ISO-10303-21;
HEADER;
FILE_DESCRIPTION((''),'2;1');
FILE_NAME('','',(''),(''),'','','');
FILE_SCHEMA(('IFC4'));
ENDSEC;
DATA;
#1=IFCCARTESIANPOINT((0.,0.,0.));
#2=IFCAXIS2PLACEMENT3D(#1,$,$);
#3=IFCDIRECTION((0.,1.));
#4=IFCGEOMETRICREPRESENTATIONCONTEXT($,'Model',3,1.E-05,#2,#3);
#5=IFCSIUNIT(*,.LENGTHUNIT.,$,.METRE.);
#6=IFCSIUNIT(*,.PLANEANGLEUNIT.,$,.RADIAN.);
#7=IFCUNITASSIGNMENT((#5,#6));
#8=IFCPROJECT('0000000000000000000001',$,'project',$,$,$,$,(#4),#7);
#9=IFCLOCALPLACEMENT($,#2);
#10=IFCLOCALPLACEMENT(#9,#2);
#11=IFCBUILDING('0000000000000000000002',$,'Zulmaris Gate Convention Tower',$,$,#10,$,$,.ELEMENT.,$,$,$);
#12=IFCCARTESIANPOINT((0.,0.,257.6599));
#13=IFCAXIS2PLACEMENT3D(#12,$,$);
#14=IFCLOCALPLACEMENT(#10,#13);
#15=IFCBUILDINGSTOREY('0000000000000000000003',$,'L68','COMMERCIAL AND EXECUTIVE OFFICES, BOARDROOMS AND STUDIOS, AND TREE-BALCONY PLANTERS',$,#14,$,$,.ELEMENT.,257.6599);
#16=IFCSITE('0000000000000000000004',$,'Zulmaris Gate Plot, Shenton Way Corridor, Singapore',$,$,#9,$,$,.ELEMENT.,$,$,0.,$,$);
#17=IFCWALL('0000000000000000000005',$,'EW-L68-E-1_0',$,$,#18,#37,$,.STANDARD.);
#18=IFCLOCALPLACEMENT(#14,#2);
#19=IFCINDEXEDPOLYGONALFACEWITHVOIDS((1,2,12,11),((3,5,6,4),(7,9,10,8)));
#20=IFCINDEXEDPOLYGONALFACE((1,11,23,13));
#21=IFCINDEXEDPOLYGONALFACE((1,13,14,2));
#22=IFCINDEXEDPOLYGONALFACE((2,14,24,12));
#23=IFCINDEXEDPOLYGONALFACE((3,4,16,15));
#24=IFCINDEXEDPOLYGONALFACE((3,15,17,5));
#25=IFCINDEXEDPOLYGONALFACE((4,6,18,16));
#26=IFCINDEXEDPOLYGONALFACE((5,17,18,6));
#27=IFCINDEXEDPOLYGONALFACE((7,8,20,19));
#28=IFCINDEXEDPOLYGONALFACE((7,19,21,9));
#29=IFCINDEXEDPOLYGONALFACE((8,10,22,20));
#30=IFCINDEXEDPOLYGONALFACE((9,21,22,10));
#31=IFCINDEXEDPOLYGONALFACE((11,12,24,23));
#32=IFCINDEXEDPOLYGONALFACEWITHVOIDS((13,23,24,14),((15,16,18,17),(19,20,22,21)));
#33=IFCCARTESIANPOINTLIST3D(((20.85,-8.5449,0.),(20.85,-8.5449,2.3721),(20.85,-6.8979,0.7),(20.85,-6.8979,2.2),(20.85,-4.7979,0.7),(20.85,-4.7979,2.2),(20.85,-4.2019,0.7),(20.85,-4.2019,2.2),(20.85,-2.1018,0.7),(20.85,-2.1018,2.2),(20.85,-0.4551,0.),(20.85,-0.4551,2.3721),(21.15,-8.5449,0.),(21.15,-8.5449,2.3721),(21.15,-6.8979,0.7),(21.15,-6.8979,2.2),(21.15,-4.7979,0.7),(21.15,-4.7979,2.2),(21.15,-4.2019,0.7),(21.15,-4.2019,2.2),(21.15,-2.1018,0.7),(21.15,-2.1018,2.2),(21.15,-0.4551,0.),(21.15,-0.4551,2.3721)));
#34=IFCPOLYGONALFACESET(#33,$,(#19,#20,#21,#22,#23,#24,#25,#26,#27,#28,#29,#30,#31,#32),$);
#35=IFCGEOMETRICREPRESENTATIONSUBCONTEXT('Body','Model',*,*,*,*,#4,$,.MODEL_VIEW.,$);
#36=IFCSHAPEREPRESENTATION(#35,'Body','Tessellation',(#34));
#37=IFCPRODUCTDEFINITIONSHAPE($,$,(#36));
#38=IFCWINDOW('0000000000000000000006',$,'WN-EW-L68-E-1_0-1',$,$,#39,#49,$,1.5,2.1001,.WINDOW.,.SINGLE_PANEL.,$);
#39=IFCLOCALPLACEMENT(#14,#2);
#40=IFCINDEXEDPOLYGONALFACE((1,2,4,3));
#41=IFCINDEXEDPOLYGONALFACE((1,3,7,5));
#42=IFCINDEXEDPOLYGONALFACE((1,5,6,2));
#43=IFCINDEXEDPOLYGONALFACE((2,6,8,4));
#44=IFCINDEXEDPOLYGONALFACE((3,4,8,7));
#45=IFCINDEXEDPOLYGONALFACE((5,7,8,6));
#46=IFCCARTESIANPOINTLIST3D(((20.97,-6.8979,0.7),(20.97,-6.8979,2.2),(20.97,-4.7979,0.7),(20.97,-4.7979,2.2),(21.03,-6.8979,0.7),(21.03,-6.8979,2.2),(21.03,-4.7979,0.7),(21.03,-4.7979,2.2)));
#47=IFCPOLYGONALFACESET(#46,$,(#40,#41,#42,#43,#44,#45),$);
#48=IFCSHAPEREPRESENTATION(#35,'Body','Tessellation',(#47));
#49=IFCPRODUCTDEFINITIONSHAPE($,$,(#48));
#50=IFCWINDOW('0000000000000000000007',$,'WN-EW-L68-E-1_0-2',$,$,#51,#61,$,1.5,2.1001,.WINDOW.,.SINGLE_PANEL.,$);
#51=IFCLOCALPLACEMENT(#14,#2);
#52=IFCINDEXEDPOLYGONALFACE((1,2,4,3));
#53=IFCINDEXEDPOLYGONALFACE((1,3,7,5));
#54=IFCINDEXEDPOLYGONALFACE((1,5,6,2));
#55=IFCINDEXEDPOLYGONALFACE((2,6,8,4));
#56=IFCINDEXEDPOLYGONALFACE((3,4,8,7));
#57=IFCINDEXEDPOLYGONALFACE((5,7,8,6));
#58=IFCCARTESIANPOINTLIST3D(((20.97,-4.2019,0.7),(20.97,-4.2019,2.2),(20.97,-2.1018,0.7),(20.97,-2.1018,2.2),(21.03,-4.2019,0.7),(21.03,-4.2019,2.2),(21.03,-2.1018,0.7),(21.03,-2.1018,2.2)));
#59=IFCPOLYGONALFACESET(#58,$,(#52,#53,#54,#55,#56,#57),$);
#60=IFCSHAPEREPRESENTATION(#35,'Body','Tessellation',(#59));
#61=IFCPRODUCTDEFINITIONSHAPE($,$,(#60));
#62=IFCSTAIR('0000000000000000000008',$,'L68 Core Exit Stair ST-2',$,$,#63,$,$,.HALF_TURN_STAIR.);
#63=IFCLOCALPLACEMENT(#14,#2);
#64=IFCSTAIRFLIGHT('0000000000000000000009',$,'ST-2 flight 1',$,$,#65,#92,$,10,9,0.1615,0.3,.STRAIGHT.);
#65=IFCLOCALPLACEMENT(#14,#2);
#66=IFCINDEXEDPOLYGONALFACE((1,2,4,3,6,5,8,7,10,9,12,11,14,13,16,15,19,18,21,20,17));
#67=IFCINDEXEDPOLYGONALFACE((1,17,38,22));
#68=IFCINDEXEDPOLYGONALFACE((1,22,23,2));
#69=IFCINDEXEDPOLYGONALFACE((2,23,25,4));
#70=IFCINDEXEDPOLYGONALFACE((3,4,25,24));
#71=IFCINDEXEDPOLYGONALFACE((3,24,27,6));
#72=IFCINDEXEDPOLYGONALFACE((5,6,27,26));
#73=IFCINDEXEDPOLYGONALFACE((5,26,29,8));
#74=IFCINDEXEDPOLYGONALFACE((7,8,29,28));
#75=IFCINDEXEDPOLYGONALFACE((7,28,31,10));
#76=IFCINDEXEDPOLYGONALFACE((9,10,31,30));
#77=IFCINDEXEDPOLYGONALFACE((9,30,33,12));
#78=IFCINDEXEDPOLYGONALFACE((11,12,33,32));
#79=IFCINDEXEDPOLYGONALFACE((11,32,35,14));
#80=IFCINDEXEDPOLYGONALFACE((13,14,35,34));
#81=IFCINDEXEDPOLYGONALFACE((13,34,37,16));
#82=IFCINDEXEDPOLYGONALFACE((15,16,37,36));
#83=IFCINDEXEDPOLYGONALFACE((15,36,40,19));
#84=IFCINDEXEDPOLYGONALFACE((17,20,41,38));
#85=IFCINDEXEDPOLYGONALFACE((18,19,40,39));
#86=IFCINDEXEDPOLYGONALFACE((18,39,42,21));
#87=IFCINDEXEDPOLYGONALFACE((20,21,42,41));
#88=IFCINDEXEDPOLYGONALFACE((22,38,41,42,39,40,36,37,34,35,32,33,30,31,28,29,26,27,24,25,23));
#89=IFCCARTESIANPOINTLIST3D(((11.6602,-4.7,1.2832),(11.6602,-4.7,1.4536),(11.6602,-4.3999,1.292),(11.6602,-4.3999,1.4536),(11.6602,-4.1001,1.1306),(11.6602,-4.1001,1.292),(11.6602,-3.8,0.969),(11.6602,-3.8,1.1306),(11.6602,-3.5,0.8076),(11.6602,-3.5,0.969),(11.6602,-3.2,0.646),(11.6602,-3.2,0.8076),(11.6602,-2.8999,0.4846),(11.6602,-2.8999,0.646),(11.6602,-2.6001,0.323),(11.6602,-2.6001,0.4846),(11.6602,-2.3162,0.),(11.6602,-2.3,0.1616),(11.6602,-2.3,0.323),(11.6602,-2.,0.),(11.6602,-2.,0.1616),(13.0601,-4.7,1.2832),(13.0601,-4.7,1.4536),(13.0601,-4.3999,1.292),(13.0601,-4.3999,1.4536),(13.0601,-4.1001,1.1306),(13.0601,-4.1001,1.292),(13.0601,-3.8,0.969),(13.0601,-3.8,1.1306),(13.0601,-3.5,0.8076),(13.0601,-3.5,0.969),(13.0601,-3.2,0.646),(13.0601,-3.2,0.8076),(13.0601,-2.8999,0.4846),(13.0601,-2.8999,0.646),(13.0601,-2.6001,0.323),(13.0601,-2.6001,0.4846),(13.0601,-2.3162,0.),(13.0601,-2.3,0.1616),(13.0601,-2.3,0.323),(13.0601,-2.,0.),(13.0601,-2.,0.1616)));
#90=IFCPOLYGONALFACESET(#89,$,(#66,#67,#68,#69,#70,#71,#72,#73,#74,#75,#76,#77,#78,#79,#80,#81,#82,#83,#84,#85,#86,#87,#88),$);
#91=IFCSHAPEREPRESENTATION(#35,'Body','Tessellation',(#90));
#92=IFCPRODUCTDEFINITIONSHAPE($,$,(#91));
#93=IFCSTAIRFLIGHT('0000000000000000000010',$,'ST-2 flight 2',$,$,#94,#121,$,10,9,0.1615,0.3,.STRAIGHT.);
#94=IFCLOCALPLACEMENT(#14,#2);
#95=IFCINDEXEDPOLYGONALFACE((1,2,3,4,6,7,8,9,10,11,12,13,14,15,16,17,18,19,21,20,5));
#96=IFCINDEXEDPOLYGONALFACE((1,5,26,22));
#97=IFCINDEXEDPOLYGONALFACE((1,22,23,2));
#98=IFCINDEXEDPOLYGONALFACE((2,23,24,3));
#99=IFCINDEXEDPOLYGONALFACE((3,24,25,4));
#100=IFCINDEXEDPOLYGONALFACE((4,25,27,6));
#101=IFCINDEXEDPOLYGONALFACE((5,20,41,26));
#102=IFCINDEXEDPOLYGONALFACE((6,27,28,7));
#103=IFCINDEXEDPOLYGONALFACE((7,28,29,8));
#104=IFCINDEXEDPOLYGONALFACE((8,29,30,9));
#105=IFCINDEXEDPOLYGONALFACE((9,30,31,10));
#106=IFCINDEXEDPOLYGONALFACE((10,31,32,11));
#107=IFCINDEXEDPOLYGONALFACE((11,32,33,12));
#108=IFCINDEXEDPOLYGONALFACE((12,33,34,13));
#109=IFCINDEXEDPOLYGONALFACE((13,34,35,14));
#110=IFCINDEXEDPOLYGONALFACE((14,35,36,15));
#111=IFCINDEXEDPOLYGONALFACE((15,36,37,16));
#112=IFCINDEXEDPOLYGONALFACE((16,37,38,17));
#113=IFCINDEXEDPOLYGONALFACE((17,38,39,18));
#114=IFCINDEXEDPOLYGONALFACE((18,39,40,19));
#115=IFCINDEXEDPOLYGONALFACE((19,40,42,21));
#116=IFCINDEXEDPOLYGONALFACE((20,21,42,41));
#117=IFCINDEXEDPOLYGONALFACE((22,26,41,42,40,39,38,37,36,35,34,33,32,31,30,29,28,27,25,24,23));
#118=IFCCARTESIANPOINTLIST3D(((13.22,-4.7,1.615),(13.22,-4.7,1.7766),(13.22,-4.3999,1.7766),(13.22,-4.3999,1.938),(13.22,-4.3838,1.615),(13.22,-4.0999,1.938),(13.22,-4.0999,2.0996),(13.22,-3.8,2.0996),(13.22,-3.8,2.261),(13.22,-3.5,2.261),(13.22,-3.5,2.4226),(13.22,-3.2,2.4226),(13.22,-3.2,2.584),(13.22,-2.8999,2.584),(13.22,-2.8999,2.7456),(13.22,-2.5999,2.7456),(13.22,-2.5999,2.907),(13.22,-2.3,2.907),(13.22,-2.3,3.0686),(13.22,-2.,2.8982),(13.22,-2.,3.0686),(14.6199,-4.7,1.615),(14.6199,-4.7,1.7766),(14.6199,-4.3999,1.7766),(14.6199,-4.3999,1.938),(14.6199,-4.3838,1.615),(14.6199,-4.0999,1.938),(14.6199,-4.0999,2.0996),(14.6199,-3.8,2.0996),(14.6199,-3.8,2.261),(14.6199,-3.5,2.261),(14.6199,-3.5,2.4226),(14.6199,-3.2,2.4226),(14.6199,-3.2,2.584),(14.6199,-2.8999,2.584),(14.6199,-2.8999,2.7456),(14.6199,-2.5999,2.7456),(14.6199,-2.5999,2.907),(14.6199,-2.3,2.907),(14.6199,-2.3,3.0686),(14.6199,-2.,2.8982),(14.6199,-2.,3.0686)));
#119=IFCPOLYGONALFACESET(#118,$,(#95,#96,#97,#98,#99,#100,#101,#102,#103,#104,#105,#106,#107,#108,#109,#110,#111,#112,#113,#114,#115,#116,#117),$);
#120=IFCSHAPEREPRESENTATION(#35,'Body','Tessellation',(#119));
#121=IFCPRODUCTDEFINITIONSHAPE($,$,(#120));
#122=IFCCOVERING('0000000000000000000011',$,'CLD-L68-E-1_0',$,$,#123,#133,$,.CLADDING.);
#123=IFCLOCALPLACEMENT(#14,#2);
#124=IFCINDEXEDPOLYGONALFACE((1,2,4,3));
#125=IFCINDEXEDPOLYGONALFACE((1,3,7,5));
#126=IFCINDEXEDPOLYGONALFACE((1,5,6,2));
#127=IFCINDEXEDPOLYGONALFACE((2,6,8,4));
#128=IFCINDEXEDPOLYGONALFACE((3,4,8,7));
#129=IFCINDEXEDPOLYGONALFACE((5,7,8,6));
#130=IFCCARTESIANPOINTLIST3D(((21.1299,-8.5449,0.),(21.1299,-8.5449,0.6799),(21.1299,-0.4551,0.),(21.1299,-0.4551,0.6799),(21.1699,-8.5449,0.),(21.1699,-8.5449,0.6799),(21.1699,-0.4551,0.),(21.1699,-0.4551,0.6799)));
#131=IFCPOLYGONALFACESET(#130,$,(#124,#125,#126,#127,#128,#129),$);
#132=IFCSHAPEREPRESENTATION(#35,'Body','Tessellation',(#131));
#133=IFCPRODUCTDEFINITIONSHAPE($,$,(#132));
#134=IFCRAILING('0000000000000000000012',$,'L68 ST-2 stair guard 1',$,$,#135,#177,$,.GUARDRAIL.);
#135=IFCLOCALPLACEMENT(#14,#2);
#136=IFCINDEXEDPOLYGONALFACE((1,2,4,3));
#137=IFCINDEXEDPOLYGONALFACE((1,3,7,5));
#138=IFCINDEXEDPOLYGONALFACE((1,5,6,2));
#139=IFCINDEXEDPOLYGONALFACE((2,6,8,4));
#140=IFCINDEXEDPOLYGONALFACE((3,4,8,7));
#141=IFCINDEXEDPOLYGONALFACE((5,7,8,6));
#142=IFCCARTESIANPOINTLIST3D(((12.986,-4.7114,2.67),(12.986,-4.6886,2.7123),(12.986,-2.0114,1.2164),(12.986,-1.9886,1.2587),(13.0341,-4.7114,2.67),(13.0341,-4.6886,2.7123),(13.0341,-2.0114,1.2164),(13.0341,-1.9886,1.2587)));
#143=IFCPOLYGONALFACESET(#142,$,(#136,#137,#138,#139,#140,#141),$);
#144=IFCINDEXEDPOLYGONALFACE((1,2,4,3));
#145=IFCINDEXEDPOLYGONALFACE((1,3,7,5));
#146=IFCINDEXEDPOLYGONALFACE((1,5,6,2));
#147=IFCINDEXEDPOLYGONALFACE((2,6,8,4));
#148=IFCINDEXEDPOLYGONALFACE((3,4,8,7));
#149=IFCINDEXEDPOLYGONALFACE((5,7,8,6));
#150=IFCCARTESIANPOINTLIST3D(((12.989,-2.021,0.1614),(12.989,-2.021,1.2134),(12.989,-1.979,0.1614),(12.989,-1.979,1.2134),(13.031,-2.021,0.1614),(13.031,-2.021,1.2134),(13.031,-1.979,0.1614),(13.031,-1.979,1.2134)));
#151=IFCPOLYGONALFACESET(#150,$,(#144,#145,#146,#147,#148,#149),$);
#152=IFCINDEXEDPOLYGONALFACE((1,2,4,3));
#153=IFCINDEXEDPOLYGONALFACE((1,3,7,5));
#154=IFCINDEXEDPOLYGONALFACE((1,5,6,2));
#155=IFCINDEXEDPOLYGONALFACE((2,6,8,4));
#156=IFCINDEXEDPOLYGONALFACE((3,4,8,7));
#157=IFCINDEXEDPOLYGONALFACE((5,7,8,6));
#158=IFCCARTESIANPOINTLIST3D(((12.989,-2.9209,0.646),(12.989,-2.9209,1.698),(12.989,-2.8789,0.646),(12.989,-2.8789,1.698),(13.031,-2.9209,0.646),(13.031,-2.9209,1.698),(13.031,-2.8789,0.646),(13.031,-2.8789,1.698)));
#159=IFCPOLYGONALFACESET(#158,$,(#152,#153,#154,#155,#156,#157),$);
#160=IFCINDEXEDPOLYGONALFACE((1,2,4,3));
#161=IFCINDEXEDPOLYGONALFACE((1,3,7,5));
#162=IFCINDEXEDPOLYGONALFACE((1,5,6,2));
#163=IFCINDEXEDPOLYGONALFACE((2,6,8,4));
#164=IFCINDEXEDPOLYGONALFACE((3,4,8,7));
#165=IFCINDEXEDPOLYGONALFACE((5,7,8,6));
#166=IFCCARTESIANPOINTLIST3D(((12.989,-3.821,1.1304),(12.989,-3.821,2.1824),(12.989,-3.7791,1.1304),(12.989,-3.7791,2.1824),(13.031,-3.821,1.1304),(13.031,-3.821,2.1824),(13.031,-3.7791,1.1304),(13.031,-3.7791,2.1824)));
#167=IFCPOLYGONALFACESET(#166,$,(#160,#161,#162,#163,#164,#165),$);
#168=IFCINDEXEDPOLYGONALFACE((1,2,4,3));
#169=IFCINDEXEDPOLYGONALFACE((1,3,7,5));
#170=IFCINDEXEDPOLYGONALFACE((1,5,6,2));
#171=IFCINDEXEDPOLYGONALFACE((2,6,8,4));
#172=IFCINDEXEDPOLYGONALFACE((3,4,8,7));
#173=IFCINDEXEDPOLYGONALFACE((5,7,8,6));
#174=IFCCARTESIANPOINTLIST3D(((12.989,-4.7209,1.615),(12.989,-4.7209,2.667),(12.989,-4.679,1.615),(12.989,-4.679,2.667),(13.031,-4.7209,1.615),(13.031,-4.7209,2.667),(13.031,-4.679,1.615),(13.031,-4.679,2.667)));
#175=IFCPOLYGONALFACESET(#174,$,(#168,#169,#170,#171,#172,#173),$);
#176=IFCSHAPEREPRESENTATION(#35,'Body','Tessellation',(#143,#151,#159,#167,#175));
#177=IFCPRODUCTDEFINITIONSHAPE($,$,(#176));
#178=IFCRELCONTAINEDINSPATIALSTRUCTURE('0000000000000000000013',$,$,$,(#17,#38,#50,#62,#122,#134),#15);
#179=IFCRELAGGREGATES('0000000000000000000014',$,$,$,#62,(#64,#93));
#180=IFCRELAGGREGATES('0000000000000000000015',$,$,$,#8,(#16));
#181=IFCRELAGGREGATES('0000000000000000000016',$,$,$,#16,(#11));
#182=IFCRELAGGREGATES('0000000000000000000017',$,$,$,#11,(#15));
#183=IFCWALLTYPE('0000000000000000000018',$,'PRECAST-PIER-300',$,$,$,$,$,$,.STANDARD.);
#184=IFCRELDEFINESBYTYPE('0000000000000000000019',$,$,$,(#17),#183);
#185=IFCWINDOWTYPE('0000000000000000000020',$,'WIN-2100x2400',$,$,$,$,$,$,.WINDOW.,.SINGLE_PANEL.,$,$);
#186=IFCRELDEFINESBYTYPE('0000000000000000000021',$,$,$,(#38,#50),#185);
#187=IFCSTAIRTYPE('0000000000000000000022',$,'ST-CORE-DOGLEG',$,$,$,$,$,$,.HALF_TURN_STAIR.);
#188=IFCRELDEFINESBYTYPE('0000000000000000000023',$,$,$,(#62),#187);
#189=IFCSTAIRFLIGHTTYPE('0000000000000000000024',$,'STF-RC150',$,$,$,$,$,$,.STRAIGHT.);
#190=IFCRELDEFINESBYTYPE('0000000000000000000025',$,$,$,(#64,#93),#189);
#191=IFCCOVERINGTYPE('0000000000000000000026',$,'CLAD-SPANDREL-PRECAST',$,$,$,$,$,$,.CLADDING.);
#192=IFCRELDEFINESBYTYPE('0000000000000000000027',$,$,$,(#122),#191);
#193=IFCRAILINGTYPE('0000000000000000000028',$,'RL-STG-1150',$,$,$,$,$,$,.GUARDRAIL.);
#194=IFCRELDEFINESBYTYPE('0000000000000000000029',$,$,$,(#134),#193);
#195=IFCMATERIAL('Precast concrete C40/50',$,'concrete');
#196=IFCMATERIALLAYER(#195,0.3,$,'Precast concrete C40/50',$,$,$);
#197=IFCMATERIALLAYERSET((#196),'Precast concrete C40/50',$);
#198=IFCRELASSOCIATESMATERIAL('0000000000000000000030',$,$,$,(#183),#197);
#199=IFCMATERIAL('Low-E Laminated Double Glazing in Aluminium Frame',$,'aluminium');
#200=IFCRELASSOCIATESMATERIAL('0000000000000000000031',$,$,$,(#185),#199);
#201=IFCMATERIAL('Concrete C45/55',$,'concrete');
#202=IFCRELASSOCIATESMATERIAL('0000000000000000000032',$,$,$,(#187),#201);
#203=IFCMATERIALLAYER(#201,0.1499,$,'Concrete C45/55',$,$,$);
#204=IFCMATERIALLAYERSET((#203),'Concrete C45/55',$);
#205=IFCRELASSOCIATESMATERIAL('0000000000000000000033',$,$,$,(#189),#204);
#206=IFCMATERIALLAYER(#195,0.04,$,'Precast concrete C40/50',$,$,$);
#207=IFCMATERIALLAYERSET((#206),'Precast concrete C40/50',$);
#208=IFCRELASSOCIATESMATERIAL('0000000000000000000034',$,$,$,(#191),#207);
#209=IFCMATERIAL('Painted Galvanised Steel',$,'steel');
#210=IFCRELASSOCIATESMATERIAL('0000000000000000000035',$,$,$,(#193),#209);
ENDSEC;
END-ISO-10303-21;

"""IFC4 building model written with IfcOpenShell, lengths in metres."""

from ifc_helpers import new_model, si_unit, direction, frame, frame_2d, origin, origin_2d, place, context, subcontext, project, spatial, polyline, rectangle, outline, extrude, material, layer, layer_set, type_object, element, fill, aggregate, save


model = new_model("IFC4")

# Units and contexts
model_context = context("Model", 3, precision=1e-05, world=origin(), true_north=direction((0.0, 1.0)))
body_context = subcontext(model_context, "Body", "Model", "MODEL_VIEW")
ifc_project = project(units=[si_unit("LENGTHUNIT", "METRE"), si_unit("PLANEANGLEUNIT", "RADIAN")], contexts=[model_context])

# Site, building, storey
site_placement = place(None, origin())
site = spatial("IfcSite", under=ifc_project, at=site_placement, Name="Zulmaris Gate Plot, Shenton Way Corridor, Singapore", CompositionType="ELEMENT", RefElevation=0.0)
building_placement = place(site_placement, origin())
building = spatial("IfcBuilding", under=site, at=building_placement, Name="Zulmaris Gate Convention Tower", CompositionType="ELEMENT")
storey_placement = place(building_placement, frame((0.0, 0.0, 257.6599)))
storey = spatial("IfcBuildingStorey", under=building, at=storey_placement, Name="L68", Description="COMMERCIAL AND EXECUTIVE OFFICES, BOARDROOMS AND STUDIOS, AND TREE-BALCONY PLANTERS", CompositionType="ELEMENT", Elevation=257.6599)

# Wall, openings, windows
ifc_material_1 = material(Name="Precast concrete C40/50", Category="concrete")
ifc_layer_1 = layer(ifc_material_1, 0.3, Name="Precast concrete C40/50")
ifc_layer_set_1 = layer_set([ifc_layer_1], Name="Precast concrete C40/50")
wall_type_1 = type_object("IfcWallType", Name="PRECAST-PIER-300", PredefinedType="STANDARD", material=ifc_layer_set_1)
wall_1_placement = place(storey_placement, frame((21.0, -8.5449, 0.0), z_axis=(0.0, 0.0, 1.0), x_axis=(0.0, 1.0, 0.0)))
wall_1 = element("IfcWall", 1, at=wall_1_placement, inside=storey, type_object=wall_type_1, Name="EW-L68-E-1_0", PredefinedType="STANDARD", context=body_context, shape_type="SweptSolid", body=[
    extrude(rectangle(XDim=8.0898, YDim=0.3, at=frame_2d((4.0449, 0.0))), origin(), (0.0, 0.0, 1.0), 2.3721),
])
opening_1_placement = place(wall_1_placement, frame((1.647, 0.0, 0.7)))
opening_1 = element("IfcOpeningElement", 2, at=opening_1_placement, cuts=wall_1, PredefinedType="OPENING", context=body_context, shape_type="SweptSolid", body=[
    extrude(rectangle(XDim=2.1001, YDim=1.5, at=frame_2d((1.05, 0.75))), frame((0.0, 0.1602, 0.0), z_axis=(0.0, -1.0, 0.0), x_axis=(1.0, 0.0, 0.0)), (0.0, 0.0, 1.0), 0.3201),
])
opening_2_placement = place(wall_1_placement, frame((4.343, 0.0, 0.7)))
opening_2 = element("IfcOpeningElement", 3, at=opening_2_placement, cuts=wall_1, PredefinedType="OPENING", context=body_context, shape_type="SweptSolid", body=[
    extrude(rectangle(XDim=2.1001, YDim=1.5, at=frame_2d((1.05, 0.75))), frame((0.0, 0.1602, 0.0), z_axis=(0.0, -1.0, 0.0), x_axis=(1.0, 0.0, 0.0)), (0.0, 0.0, 1.0), 0.3201),
])
ifc_material_2 = material(Name="Low-E Laminated Double Glazing in Aluminium Frame", Category="aluminium")
window_type = type_object("IfcWindowType", Name="WIN-2100x2400", PartitioningType="SINGLE_PANEL", PredefinedType="WINDOW", material=ifc_material_2)
window_1_placement = place(opening_1_placement, origin())
window_1 = element("IfcWindow", 4, at=window_1_placement, inside=storey, type_object=window_type, Name="WN-EW-L68-E-1_0-1", OverallHeight=1.5, OverallWidth=2.1001, PartitioningType="SINGLE_PANEL", PredefinedType="WINDOW", context=body_context, shape_type="SweptSolid", body=[
    extrude(rectangle(XDim=2.1001, YDim=1.5, at=frame_2d((1.05, 0.75))), frame((0.0, 0.03, 0.0), z_axis=(0.0, -1.0, 0.0), x_axis=(1.0, 0.0, 0.0)), (0.0, 0.0, 1.0), 0.0601),
])
fill(opening_1, window_1)
window_2_placement = place(opening_2_placement, origin())
window_2 = element("IfcWindow", 5, at=window_2_placement, inside=storey, type_object=window_type, Name="WN-EW-L68-E-1_0-2", OverallHeight=1.5, OverallWidth=2.1001, PartitioningType="SINGLE_PANEL", PredefinedType="WINDOW", context=body_context, shape_type="SweptSolid", body=[
    extrude(rectangle(XDim=2.1001, YDim=1.5, at=frame_2d((1.05, 0.75))), frame((0.0, 0.03, 0.0), z_axis=(0.0, -1.0, 0.0), x_axis=(1.0, 0.0, 0.0)), (0.0, 0.0, 1.0), 0.0601),
])
fill(opening_2, window_2)

# Stair, stair flights
ifc_material_3 = material(Name="Concrete C45/55", Category="concrete")
stair_type = type_object("IfcStairType", Name="ST-CORE-DOGLEG", PredefinedType="HALF_TURN_STAIR", material=ifc_material_3)
stair_placement = place(storey_placement, origin())
stair = element("IfcStair", 6, at=stair_placement, inside=storey, type_object=stair_type, Name="L68 Core Exit Stair ST-2", PredefinedType="HALF_TURN_STAIR")
ifc_layer_2 = layer(ifc_material_3, 0.1499, Name="Concrete C45/55")
ifc_layer_set_2 = layer_set([ifc_layer_2], Name="Concrete C45/55")
stair_flight_type = type_object("IfcStairFlightType", Name="STF-RC150", PredefinedType="STRAIGHT", material=ifc_layer_set_2)
stair_flight_1_placement = place(storey_placement, frame((12.3601, -2.0, 0.0), z_axis=(0.0, 0.0, 1.0), x_axis=(0.0, -1.0, 0.0)))
stair_flight_1 = element("IfcStairFlight", 7, at=stair_flight_1_placement, type_object=stair_flight_type, Name="ST-2 flight 1", NumberOfRisers=10, NumberOfTreads=9, PredefinedType="STRAIGHT", RiserHeight=0.1615, TreadLength=0.3, context=body_context, shape_type="SweptSolid", body=[
    extrude(outline(polyline([(0.0, 0.0), (0.0, 0.1616), (0.3, 0.1616), (0.3, 0.323), (0.6001, 0.323), (0.6001, 0.4846), (0.8999, 0.4846), (0.8999, 0.646), (1.2, 0.646), (1.2, 0.8076), (1.5, 0.8076), (1.5, 0.969), (1.8, 0.969), (1.8, 1.1306), (2.1001, 1.1306), (2.1001, 1.292), (2.3999, 1.292), (2.3999, 1.4536), (2.7, 1.4536), (2.7, 1.615), (2.7, 1.2832), (0.3162, 0.0), (0.0, 0.0)])), frame((0.0, 0.7, 0.0), z_axis=(0.0, -1.0, 0.0), x_axis=(1.0, 0.0, 0.0)), (0.0, 0.0, 1.0), 1.3999),
])
stair_flight_2_placement = place(storey_placement, frame((13.9199, -4.7, 1.615), z_axis=(0.0, 0.0, 1.0), x_axis=(0.0, 1.0, 0.0)))
stair_flight_2 = element("IfcStairFlight", 8, at=stair_flight_2_placement, type_object=stair_flight_type, Name="ST-2 flight 2", NumberOfRisers=10, NumberOfTreads=9, PredefinedType="STRAIGHT", RiserHeight=0.1615, TreadLength=0.3, context=body_context, shape_type="SweptSolid", body=[
    extrude(outline(polyline([(0.0, 0.0), (0.0, 0.1616), (0.3, 0.1616), (0.3, 0.323), (0.6001, 0.323), (0.6001, 0.4846), (0.8999, 0.4846), (0.8999, 0.646), (1.2, 0.646), (1.2, 0.8076), (1.5, 0.8076), (1.5, 0.969), (1.8, 0.969), (1.8, 1.1306), (2.1001, 1.1306), (2.1001, 1.292), (2.3999, 1.292), (2.3999, 1.4536), (2.7, 1.4536), (2.7, 1.615), (2.7, 1.2832), (0.3162, 0.0), (0.0, 0.0)])), frame((0.0, 0.7, 0.0), z_axis=(0.0, -1.0, 0.0), x_axis=(1.0, 0.0, 0.0)), (0.0, 0.0, 1.0), 1.3999),
])
aggregate(stair, [stair_flight_1, stair_flight_2])

# Covering
ifc_layer_3 = layer(ifc_material_1, 0.04, Name="Precast concrete C40/50")
ifc_layer_set_3 = layer_set([ifc_layer_3], Name="Precast concrete C40/50")
covering_type = type_object("IfcCoveringType", Name="CLAD-SPANDREL-PRECAST", PredefinedType="CLADDING", material=ifc_layer_set_3)
covering_placement = place(storey_placement, frame((21.1499, -8.5449, 0.0), z_axis=(0.0, 0.0, 1.0), x_axis=(0.0, 1.0, 0.0)))
element("IfcCovering", 9, at=covering_placement, inside=storey, type_object=covering_type, Name="CLD-L68-E-1_0", PredefinedType="CLADDING", context=body_context, shape_type="SweptSolid", body=[
    extrude(rectangle(XDim=8.0898, YDim=0.04, at=frame_2d((4.0449, 0.0))), origin(), (0.0, 0.0, 1.0), 0.6799),
])

# Railing
ifc_material_4 = material(Name="Painted Galvanised Steel", Category="steel")
railing_type_1 = type_object("IfcRailingType", Name="RL-STG-1150", PredefinedType="GUARDRAIL", material=ifc_material_4)
railing_1_placement = place(storey_placement, frame((13.01, -2.0, 0.1614)))
element("IfcRailing", 10, at=railing_1_placement, inside=storey, type_object=railing_type_1, Name="L68 ST-2 stair guard 1", PredefinedType="GUARDRAIL", context=body_context, shape_type="SweptSolid", body=[
    extrude(rectangle(XDim=0.0481, YDim=0.0481, at=origin_2d()), frame((0.0, 0.0, 1.0762), z_axis=(0.0, -0.880499, 0.474048), x_axis=(1.0, 0.0, 0.0)), (0.0, 0.0, 1.0), 3.0664),
    extrude(rectangle(XDim=0.042, YDim=0.042, at=origin_2d()), origin(), (0.0, 0.0, 1.0), 1.052),
    extrude(rectangle(XDim=0.042, YDim=0.042, at=origin_2d()), frame((0.0, -0.8999, 0.4846)), (0.0, 0.0, 1.0), 1.052),
    extrude(rectangle(XDim=0.042, YDim=0.042, at=origin_2d()), frame((0.0, -1.8, 0.969)), (0.0, 0.0, 1.0), 1.052),
    extrude(rectangle(XDim=0.042, YDim=0.042, at=origin_2d()), frame((0.0, -2.7, 1.4536)), (0.0, 0.0, 1.0), 1.052),
])

save(model, "model.ifc")
